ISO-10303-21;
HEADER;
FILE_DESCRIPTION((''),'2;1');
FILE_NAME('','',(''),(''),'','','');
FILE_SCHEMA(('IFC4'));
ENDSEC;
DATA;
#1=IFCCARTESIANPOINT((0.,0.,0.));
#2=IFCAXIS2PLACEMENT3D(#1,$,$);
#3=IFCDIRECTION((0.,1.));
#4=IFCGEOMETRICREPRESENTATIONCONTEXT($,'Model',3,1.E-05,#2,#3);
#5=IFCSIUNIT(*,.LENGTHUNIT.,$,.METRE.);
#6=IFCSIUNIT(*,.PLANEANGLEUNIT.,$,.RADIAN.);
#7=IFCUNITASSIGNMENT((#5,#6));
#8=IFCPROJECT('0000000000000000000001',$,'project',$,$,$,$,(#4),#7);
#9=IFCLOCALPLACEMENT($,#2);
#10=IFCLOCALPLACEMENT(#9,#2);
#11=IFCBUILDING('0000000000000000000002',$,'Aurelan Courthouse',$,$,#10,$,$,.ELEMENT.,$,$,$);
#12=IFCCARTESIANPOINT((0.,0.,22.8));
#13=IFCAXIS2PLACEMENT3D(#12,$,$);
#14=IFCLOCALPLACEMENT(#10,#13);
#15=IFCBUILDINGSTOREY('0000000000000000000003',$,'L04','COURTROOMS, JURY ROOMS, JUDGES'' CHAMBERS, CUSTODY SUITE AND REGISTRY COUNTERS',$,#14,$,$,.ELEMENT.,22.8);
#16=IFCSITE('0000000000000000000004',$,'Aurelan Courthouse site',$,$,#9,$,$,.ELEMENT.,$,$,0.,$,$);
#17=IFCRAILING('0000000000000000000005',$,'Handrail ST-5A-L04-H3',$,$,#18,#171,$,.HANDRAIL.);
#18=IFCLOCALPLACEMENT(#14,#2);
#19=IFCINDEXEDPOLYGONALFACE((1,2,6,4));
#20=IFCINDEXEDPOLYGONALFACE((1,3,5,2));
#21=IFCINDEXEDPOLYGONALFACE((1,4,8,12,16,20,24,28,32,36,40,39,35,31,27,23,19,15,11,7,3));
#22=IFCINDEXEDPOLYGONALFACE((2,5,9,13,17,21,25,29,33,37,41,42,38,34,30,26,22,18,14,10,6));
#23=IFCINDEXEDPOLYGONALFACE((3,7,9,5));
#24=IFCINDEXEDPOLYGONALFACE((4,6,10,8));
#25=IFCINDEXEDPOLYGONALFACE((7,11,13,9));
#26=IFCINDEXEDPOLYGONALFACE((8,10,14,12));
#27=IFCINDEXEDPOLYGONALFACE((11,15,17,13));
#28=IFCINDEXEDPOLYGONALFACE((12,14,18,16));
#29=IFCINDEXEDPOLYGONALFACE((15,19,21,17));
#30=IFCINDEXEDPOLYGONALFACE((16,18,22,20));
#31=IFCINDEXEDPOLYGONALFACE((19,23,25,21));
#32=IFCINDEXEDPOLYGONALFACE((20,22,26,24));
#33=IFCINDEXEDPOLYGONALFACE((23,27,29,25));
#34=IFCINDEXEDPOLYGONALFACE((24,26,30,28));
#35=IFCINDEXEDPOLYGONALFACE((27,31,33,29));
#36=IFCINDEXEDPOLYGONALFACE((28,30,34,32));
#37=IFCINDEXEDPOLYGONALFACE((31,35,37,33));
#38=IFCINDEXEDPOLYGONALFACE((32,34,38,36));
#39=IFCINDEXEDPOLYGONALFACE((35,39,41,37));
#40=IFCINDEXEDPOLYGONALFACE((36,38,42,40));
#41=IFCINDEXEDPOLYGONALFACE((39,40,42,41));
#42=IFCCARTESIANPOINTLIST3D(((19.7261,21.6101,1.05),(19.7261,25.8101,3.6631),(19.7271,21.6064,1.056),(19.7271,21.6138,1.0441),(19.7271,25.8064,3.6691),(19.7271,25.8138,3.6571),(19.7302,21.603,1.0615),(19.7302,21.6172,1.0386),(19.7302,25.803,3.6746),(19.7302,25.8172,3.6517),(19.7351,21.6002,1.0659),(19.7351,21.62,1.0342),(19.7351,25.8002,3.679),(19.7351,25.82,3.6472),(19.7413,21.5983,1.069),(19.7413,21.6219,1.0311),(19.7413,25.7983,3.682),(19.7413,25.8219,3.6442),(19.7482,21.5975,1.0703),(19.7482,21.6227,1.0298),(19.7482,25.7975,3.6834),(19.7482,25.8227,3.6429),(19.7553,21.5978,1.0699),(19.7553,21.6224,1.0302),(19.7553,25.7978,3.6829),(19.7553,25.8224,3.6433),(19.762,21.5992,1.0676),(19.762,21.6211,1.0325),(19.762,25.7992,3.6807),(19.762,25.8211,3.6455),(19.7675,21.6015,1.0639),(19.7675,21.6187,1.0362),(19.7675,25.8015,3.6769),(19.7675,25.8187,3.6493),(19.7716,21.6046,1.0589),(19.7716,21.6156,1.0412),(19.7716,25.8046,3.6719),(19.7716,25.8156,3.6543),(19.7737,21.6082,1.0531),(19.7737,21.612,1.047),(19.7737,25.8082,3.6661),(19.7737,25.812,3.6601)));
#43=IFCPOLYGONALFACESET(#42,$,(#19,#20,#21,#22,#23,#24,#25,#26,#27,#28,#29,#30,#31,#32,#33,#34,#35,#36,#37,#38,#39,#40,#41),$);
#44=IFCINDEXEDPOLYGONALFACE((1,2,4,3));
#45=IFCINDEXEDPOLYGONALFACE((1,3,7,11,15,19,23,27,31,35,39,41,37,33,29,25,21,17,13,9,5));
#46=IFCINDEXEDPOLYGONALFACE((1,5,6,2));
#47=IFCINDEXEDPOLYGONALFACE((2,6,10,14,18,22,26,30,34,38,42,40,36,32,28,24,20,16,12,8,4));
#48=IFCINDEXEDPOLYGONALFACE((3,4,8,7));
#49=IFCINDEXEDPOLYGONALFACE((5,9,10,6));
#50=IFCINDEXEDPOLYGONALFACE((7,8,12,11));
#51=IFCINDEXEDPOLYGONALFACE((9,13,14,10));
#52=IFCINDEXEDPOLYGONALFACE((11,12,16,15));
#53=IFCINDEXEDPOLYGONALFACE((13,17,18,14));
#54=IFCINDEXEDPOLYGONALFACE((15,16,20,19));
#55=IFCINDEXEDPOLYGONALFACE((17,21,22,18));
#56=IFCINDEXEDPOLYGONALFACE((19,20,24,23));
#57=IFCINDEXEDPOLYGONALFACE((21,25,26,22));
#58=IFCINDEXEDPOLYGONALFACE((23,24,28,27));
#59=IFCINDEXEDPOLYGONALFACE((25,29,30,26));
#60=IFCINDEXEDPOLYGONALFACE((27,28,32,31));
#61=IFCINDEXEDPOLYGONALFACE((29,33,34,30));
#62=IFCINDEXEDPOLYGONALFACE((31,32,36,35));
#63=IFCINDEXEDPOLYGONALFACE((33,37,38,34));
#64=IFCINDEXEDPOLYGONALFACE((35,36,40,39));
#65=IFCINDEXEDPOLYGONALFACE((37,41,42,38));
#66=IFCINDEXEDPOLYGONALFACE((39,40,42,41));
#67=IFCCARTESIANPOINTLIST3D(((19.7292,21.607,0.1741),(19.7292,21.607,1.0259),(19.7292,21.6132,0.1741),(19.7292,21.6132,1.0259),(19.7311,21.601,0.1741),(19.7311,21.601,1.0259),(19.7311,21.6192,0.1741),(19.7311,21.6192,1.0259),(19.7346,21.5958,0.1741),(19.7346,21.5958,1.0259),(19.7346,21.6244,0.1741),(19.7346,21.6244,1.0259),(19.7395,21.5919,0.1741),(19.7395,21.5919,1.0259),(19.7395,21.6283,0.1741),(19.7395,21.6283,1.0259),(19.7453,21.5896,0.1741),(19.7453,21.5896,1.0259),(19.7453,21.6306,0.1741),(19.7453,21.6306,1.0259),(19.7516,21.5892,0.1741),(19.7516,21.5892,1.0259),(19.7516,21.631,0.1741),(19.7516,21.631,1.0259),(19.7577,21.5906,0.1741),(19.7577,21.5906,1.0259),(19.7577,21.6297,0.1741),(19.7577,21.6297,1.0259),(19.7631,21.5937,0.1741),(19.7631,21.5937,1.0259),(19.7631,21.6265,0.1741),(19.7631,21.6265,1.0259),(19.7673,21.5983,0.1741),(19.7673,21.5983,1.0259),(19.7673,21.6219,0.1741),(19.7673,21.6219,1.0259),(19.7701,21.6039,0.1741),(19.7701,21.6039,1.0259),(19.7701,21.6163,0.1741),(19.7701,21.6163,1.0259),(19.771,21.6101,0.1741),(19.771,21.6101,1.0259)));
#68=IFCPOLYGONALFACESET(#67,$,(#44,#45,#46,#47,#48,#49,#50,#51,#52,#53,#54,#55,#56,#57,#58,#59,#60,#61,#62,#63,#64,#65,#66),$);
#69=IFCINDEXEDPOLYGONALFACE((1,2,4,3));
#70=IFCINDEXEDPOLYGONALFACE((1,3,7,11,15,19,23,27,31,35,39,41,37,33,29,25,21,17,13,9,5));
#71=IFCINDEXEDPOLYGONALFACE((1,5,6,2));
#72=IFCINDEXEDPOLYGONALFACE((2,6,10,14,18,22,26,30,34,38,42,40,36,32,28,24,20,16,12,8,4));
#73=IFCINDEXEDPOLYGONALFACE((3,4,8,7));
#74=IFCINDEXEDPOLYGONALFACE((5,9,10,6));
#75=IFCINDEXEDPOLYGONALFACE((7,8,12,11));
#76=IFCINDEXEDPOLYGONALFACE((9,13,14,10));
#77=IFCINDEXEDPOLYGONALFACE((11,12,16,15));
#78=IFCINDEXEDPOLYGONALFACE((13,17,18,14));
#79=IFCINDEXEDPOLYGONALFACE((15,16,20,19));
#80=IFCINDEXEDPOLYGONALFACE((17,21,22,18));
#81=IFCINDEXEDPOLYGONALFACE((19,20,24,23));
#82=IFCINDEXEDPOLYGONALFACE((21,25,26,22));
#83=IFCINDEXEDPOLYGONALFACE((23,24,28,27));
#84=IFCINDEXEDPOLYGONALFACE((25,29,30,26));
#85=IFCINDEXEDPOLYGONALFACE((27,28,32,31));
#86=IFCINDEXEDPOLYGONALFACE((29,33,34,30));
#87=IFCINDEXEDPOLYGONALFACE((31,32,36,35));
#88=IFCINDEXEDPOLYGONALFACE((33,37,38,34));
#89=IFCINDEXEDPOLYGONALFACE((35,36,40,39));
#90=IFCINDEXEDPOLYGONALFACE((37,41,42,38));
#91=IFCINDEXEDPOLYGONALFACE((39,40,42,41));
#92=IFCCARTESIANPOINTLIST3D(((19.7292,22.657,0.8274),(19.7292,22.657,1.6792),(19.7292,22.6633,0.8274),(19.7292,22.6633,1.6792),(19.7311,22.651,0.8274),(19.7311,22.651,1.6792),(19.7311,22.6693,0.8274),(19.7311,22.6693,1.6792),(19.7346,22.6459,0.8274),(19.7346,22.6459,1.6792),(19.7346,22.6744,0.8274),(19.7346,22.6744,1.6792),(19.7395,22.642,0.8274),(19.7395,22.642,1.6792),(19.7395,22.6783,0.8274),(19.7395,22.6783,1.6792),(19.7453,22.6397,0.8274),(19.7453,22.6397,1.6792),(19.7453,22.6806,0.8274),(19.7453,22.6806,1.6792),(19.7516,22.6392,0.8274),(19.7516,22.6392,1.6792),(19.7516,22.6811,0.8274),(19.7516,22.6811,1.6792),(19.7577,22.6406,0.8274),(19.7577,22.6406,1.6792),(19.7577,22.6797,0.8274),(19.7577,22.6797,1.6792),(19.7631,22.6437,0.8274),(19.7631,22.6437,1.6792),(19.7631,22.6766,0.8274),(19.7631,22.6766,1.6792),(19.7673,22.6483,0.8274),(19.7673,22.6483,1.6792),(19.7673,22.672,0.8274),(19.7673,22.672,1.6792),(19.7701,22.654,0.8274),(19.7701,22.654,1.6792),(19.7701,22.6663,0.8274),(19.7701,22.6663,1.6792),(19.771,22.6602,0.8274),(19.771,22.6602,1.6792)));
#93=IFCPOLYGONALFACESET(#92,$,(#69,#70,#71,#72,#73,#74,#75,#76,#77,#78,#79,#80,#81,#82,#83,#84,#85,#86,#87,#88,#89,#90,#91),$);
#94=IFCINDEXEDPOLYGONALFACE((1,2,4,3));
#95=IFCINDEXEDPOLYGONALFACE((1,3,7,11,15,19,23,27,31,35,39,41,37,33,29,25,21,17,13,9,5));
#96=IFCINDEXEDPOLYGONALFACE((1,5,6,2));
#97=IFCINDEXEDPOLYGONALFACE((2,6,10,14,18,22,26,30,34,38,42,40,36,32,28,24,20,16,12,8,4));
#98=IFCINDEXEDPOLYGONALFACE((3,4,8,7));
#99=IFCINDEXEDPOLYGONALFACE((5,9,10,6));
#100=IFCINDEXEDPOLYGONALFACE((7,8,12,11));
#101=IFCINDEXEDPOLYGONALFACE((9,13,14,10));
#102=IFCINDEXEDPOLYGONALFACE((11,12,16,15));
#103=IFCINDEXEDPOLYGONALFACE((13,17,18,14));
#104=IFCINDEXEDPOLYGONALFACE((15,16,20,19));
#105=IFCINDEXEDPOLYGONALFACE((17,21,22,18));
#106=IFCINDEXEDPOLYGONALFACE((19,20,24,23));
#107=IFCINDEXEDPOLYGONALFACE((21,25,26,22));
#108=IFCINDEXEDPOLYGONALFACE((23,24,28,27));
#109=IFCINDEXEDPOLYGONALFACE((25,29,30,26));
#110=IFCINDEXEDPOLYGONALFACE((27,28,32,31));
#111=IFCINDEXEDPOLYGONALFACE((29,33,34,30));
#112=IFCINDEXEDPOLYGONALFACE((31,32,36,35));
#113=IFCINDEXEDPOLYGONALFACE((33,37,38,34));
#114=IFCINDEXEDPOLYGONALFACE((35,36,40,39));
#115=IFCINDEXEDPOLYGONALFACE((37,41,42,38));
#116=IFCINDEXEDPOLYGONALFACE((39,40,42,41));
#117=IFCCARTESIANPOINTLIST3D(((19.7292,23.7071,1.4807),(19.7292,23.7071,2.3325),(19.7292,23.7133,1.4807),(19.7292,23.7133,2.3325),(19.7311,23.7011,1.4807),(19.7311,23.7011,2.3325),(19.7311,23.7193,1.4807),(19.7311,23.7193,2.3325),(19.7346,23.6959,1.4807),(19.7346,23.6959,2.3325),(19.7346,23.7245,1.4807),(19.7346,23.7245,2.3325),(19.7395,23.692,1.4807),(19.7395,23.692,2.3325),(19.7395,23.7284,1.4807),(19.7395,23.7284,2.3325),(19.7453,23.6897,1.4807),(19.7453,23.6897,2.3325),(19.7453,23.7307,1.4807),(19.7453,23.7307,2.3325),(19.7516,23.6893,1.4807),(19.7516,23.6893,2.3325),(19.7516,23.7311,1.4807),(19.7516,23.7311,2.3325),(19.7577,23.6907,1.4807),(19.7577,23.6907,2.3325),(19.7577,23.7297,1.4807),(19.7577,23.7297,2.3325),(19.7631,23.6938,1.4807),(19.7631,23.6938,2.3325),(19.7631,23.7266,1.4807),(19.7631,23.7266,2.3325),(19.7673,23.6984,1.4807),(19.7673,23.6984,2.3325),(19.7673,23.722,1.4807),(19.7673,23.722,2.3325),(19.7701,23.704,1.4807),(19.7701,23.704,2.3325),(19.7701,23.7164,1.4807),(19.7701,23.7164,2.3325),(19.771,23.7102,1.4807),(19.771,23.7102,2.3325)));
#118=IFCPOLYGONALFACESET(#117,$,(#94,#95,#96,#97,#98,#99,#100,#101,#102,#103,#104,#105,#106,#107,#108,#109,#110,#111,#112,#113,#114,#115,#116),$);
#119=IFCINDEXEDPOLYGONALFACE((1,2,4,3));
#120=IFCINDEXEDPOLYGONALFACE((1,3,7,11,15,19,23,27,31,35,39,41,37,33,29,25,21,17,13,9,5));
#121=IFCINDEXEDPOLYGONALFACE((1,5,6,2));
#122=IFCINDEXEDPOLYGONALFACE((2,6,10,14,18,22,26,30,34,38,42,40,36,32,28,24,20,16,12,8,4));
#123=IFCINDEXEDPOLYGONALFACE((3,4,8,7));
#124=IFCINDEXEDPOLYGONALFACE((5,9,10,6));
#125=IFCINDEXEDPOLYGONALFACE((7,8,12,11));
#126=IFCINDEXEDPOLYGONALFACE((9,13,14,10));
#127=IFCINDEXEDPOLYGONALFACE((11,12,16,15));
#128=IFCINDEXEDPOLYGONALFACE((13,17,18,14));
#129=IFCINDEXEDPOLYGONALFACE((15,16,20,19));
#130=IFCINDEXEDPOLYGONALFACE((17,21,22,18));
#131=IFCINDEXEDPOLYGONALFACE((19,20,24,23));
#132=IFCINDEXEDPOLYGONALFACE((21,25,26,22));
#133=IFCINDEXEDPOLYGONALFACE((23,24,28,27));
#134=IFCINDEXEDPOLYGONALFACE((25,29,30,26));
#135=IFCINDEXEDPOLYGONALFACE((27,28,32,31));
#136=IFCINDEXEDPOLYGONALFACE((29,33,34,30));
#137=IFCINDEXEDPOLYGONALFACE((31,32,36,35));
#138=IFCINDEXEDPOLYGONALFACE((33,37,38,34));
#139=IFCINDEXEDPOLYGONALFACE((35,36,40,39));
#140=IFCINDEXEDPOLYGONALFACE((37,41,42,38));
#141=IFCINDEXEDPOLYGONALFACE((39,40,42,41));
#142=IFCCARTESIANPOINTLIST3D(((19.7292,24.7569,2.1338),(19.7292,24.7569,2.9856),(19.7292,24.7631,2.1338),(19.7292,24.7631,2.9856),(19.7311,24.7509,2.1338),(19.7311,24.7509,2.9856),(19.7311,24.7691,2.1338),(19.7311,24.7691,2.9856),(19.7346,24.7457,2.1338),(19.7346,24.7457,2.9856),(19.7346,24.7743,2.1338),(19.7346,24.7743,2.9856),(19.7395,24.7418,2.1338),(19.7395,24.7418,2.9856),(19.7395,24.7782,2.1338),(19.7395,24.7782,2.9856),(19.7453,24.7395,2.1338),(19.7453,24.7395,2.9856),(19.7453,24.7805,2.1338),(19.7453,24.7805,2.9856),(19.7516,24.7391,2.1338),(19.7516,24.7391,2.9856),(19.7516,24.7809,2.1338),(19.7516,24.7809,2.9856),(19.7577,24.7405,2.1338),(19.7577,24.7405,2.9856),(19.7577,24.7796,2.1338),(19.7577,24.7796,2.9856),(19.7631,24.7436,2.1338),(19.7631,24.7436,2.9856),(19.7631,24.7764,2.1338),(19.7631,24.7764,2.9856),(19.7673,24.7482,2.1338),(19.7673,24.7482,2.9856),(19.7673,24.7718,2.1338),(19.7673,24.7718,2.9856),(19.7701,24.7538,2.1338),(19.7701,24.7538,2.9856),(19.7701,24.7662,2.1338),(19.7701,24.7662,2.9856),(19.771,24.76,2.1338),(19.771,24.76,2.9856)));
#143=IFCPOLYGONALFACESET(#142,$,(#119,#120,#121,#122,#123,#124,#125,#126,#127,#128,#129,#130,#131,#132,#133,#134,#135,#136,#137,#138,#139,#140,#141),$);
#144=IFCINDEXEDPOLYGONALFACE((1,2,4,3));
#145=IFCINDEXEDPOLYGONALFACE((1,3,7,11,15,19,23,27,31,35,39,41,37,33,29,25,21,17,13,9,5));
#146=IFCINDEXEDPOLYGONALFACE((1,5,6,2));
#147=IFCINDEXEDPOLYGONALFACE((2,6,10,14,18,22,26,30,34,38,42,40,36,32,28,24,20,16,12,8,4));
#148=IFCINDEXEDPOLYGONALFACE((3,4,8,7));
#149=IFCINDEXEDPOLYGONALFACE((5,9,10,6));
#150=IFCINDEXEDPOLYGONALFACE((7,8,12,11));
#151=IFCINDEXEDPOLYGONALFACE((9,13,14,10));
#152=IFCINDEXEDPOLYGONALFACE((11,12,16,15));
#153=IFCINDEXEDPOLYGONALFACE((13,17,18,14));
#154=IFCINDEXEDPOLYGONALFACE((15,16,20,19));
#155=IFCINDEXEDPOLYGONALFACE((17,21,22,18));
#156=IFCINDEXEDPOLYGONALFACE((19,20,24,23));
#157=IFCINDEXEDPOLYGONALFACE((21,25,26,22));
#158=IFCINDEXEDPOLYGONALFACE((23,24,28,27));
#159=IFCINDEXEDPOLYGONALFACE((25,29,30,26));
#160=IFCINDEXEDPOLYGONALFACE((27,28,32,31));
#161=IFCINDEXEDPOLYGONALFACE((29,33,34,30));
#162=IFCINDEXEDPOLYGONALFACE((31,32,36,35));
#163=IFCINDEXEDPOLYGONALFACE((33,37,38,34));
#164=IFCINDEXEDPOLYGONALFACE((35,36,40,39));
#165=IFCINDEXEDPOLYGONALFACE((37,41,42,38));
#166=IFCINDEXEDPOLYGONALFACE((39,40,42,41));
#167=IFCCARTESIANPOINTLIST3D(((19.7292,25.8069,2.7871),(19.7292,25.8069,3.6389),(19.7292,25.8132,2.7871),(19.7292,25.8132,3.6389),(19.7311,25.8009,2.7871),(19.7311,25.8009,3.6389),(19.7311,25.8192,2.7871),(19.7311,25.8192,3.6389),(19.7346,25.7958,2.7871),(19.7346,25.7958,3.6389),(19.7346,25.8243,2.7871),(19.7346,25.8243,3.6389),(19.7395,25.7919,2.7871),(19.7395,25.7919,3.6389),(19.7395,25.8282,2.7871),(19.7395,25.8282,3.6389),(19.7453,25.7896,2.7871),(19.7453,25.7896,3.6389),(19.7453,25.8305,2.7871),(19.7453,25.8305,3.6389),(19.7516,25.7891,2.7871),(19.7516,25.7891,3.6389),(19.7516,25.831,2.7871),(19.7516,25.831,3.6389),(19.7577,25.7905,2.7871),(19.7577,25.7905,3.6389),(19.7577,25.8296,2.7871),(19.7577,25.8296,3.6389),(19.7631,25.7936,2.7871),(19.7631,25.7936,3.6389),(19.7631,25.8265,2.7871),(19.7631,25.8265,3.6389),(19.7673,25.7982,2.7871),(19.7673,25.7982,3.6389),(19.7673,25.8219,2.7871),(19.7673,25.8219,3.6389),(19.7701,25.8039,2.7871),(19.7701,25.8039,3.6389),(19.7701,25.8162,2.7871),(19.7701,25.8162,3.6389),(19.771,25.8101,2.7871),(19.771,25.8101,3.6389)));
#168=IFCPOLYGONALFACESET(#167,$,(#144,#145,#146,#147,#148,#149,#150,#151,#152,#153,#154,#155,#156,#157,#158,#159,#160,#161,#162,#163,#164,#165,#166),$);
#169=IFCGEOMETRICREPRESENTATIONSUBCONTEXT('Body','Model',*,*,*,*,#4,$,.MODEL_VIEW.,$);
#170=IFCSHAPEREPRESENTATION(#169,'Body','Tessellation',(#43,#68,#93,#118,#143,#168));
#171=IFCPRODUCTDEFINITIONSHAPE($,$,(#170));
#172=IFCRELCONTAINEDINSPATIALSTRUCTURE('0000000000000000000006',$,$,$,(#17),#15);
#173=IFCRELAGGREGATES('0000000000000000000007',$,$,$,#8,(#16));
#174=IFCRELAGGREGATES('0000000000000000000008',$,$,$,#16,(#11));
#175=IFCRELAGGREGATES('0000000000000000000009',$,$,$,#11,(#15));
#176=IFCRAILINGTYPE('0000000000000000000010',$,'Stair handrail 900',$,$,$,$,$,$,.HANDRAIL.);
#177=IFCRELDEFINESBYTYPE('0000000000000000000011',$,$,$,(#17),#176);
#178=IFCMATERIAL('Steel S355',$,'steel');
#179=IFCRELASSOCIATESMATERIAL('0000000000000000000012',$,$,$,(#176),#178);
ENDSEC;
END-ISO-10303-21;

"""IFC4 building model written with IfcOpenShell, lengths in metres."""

from ifc_helpers import new_model, si_unit, direction, frame, origin, origin_2d, place, context, subcontext, project, spatial, circle, extrude, material, type_object, element, save


model = new_model("IFC4")

# Units and contexts
model_context = context("Model", 3, precision=1e-05, world=origin(), true_north=direction((0.0, 1.0)))
body_context = subcontext(model_context, "Body", "Model", "MODEL_VIEW")
ifc_project = project(units=[si_unit("LENGTHUNIT", "METRE"), si_unit("PLANEANGLEUNIT", "RADIAN")], contexts=[model_context])

# Site, building, storey
site_placement = place(None, origin())
site = spatial("IfcSite", under=ifc_project, at=site_placement, Name="Aurelan Courthouse site", CompositionType="ELEMENT", RefElevation=0.0)
building_placement = place(site_placement, origin())
building = spatial("IfcBuilding", under=site, at=building_placement, Name="Aurelan Courthouse", CompositionType="ELEMENT")
storey_placement = place(building_placement, frame((0.0, 0.0, 22.8)))
storey = spatial("IfcBuildingStorey", under=building, at=storey_placement, Name="L04", Description="COURTROOMS, JURY ROOMS, JUDGES' CHAMBERS, CUSTODY SUITE AND REGISTRY COUNTERS", CompositionType="ELEMENT", Elevation=22.8)

# Railing
ifc_material_1 = material(Name="Steel S355", Category="steel")
railing_type_1 = type_object("IfcRailingType", Name="Stair handrail 900", PredefinedType="HANDRAIL", material=ifc_material_1)
for number, where, name in (
    (1, (19.75, 21.6101, 0.1741), "Handrail ST-5A-L04-H3"),
):
    element("IfcRailing", number, at=place(storey_placement, frame(where)), inside=storey, type_object=railing_type_1, Name=name, PredefinedType="HANDRAIL", context=body_context, shape_type="SweptSolid", body=[
        extrude(circle(Radius=0.0239, at=origin_2d()), frame((0.0, 0.0, 0.876), z_axis=(0.0, 0.849081, 0.528263), x_axis=(-1.0, 0.0, 0.0)), (0.0, 0.0, 1.0), 4.9465),
        extrude(circle(Radius=0.021, at=origin_2d()), origin(), (0.0, 0.0, 1.0), 0.8518),
        extrude(circle(Radius=0.021, at=origin_2d()), frame((0.0, 1.05, 0.6533)), (0.0, 0.0, 1.0), 0.8518),
        extrude(circle(Radius=0.021, at=origin_2d()), frame((0.0, 2.1001, 1.3066)), (0.0, 0.0, 1.0), 0.8518),
        extrude(circle(Radius=0.021, at=origin_2d()), frame((0.0, 3.1499, 1.9597)), (0.0, 0.0, 1.0), 0.8518),
        extrude(circle(Radius=0.021, at=origin_2d()), frame((0.0, 4.2, 2.613)), (0.0, 0.0, 1.0), 0.8518),
    ])

save(model, "model.ifc")
